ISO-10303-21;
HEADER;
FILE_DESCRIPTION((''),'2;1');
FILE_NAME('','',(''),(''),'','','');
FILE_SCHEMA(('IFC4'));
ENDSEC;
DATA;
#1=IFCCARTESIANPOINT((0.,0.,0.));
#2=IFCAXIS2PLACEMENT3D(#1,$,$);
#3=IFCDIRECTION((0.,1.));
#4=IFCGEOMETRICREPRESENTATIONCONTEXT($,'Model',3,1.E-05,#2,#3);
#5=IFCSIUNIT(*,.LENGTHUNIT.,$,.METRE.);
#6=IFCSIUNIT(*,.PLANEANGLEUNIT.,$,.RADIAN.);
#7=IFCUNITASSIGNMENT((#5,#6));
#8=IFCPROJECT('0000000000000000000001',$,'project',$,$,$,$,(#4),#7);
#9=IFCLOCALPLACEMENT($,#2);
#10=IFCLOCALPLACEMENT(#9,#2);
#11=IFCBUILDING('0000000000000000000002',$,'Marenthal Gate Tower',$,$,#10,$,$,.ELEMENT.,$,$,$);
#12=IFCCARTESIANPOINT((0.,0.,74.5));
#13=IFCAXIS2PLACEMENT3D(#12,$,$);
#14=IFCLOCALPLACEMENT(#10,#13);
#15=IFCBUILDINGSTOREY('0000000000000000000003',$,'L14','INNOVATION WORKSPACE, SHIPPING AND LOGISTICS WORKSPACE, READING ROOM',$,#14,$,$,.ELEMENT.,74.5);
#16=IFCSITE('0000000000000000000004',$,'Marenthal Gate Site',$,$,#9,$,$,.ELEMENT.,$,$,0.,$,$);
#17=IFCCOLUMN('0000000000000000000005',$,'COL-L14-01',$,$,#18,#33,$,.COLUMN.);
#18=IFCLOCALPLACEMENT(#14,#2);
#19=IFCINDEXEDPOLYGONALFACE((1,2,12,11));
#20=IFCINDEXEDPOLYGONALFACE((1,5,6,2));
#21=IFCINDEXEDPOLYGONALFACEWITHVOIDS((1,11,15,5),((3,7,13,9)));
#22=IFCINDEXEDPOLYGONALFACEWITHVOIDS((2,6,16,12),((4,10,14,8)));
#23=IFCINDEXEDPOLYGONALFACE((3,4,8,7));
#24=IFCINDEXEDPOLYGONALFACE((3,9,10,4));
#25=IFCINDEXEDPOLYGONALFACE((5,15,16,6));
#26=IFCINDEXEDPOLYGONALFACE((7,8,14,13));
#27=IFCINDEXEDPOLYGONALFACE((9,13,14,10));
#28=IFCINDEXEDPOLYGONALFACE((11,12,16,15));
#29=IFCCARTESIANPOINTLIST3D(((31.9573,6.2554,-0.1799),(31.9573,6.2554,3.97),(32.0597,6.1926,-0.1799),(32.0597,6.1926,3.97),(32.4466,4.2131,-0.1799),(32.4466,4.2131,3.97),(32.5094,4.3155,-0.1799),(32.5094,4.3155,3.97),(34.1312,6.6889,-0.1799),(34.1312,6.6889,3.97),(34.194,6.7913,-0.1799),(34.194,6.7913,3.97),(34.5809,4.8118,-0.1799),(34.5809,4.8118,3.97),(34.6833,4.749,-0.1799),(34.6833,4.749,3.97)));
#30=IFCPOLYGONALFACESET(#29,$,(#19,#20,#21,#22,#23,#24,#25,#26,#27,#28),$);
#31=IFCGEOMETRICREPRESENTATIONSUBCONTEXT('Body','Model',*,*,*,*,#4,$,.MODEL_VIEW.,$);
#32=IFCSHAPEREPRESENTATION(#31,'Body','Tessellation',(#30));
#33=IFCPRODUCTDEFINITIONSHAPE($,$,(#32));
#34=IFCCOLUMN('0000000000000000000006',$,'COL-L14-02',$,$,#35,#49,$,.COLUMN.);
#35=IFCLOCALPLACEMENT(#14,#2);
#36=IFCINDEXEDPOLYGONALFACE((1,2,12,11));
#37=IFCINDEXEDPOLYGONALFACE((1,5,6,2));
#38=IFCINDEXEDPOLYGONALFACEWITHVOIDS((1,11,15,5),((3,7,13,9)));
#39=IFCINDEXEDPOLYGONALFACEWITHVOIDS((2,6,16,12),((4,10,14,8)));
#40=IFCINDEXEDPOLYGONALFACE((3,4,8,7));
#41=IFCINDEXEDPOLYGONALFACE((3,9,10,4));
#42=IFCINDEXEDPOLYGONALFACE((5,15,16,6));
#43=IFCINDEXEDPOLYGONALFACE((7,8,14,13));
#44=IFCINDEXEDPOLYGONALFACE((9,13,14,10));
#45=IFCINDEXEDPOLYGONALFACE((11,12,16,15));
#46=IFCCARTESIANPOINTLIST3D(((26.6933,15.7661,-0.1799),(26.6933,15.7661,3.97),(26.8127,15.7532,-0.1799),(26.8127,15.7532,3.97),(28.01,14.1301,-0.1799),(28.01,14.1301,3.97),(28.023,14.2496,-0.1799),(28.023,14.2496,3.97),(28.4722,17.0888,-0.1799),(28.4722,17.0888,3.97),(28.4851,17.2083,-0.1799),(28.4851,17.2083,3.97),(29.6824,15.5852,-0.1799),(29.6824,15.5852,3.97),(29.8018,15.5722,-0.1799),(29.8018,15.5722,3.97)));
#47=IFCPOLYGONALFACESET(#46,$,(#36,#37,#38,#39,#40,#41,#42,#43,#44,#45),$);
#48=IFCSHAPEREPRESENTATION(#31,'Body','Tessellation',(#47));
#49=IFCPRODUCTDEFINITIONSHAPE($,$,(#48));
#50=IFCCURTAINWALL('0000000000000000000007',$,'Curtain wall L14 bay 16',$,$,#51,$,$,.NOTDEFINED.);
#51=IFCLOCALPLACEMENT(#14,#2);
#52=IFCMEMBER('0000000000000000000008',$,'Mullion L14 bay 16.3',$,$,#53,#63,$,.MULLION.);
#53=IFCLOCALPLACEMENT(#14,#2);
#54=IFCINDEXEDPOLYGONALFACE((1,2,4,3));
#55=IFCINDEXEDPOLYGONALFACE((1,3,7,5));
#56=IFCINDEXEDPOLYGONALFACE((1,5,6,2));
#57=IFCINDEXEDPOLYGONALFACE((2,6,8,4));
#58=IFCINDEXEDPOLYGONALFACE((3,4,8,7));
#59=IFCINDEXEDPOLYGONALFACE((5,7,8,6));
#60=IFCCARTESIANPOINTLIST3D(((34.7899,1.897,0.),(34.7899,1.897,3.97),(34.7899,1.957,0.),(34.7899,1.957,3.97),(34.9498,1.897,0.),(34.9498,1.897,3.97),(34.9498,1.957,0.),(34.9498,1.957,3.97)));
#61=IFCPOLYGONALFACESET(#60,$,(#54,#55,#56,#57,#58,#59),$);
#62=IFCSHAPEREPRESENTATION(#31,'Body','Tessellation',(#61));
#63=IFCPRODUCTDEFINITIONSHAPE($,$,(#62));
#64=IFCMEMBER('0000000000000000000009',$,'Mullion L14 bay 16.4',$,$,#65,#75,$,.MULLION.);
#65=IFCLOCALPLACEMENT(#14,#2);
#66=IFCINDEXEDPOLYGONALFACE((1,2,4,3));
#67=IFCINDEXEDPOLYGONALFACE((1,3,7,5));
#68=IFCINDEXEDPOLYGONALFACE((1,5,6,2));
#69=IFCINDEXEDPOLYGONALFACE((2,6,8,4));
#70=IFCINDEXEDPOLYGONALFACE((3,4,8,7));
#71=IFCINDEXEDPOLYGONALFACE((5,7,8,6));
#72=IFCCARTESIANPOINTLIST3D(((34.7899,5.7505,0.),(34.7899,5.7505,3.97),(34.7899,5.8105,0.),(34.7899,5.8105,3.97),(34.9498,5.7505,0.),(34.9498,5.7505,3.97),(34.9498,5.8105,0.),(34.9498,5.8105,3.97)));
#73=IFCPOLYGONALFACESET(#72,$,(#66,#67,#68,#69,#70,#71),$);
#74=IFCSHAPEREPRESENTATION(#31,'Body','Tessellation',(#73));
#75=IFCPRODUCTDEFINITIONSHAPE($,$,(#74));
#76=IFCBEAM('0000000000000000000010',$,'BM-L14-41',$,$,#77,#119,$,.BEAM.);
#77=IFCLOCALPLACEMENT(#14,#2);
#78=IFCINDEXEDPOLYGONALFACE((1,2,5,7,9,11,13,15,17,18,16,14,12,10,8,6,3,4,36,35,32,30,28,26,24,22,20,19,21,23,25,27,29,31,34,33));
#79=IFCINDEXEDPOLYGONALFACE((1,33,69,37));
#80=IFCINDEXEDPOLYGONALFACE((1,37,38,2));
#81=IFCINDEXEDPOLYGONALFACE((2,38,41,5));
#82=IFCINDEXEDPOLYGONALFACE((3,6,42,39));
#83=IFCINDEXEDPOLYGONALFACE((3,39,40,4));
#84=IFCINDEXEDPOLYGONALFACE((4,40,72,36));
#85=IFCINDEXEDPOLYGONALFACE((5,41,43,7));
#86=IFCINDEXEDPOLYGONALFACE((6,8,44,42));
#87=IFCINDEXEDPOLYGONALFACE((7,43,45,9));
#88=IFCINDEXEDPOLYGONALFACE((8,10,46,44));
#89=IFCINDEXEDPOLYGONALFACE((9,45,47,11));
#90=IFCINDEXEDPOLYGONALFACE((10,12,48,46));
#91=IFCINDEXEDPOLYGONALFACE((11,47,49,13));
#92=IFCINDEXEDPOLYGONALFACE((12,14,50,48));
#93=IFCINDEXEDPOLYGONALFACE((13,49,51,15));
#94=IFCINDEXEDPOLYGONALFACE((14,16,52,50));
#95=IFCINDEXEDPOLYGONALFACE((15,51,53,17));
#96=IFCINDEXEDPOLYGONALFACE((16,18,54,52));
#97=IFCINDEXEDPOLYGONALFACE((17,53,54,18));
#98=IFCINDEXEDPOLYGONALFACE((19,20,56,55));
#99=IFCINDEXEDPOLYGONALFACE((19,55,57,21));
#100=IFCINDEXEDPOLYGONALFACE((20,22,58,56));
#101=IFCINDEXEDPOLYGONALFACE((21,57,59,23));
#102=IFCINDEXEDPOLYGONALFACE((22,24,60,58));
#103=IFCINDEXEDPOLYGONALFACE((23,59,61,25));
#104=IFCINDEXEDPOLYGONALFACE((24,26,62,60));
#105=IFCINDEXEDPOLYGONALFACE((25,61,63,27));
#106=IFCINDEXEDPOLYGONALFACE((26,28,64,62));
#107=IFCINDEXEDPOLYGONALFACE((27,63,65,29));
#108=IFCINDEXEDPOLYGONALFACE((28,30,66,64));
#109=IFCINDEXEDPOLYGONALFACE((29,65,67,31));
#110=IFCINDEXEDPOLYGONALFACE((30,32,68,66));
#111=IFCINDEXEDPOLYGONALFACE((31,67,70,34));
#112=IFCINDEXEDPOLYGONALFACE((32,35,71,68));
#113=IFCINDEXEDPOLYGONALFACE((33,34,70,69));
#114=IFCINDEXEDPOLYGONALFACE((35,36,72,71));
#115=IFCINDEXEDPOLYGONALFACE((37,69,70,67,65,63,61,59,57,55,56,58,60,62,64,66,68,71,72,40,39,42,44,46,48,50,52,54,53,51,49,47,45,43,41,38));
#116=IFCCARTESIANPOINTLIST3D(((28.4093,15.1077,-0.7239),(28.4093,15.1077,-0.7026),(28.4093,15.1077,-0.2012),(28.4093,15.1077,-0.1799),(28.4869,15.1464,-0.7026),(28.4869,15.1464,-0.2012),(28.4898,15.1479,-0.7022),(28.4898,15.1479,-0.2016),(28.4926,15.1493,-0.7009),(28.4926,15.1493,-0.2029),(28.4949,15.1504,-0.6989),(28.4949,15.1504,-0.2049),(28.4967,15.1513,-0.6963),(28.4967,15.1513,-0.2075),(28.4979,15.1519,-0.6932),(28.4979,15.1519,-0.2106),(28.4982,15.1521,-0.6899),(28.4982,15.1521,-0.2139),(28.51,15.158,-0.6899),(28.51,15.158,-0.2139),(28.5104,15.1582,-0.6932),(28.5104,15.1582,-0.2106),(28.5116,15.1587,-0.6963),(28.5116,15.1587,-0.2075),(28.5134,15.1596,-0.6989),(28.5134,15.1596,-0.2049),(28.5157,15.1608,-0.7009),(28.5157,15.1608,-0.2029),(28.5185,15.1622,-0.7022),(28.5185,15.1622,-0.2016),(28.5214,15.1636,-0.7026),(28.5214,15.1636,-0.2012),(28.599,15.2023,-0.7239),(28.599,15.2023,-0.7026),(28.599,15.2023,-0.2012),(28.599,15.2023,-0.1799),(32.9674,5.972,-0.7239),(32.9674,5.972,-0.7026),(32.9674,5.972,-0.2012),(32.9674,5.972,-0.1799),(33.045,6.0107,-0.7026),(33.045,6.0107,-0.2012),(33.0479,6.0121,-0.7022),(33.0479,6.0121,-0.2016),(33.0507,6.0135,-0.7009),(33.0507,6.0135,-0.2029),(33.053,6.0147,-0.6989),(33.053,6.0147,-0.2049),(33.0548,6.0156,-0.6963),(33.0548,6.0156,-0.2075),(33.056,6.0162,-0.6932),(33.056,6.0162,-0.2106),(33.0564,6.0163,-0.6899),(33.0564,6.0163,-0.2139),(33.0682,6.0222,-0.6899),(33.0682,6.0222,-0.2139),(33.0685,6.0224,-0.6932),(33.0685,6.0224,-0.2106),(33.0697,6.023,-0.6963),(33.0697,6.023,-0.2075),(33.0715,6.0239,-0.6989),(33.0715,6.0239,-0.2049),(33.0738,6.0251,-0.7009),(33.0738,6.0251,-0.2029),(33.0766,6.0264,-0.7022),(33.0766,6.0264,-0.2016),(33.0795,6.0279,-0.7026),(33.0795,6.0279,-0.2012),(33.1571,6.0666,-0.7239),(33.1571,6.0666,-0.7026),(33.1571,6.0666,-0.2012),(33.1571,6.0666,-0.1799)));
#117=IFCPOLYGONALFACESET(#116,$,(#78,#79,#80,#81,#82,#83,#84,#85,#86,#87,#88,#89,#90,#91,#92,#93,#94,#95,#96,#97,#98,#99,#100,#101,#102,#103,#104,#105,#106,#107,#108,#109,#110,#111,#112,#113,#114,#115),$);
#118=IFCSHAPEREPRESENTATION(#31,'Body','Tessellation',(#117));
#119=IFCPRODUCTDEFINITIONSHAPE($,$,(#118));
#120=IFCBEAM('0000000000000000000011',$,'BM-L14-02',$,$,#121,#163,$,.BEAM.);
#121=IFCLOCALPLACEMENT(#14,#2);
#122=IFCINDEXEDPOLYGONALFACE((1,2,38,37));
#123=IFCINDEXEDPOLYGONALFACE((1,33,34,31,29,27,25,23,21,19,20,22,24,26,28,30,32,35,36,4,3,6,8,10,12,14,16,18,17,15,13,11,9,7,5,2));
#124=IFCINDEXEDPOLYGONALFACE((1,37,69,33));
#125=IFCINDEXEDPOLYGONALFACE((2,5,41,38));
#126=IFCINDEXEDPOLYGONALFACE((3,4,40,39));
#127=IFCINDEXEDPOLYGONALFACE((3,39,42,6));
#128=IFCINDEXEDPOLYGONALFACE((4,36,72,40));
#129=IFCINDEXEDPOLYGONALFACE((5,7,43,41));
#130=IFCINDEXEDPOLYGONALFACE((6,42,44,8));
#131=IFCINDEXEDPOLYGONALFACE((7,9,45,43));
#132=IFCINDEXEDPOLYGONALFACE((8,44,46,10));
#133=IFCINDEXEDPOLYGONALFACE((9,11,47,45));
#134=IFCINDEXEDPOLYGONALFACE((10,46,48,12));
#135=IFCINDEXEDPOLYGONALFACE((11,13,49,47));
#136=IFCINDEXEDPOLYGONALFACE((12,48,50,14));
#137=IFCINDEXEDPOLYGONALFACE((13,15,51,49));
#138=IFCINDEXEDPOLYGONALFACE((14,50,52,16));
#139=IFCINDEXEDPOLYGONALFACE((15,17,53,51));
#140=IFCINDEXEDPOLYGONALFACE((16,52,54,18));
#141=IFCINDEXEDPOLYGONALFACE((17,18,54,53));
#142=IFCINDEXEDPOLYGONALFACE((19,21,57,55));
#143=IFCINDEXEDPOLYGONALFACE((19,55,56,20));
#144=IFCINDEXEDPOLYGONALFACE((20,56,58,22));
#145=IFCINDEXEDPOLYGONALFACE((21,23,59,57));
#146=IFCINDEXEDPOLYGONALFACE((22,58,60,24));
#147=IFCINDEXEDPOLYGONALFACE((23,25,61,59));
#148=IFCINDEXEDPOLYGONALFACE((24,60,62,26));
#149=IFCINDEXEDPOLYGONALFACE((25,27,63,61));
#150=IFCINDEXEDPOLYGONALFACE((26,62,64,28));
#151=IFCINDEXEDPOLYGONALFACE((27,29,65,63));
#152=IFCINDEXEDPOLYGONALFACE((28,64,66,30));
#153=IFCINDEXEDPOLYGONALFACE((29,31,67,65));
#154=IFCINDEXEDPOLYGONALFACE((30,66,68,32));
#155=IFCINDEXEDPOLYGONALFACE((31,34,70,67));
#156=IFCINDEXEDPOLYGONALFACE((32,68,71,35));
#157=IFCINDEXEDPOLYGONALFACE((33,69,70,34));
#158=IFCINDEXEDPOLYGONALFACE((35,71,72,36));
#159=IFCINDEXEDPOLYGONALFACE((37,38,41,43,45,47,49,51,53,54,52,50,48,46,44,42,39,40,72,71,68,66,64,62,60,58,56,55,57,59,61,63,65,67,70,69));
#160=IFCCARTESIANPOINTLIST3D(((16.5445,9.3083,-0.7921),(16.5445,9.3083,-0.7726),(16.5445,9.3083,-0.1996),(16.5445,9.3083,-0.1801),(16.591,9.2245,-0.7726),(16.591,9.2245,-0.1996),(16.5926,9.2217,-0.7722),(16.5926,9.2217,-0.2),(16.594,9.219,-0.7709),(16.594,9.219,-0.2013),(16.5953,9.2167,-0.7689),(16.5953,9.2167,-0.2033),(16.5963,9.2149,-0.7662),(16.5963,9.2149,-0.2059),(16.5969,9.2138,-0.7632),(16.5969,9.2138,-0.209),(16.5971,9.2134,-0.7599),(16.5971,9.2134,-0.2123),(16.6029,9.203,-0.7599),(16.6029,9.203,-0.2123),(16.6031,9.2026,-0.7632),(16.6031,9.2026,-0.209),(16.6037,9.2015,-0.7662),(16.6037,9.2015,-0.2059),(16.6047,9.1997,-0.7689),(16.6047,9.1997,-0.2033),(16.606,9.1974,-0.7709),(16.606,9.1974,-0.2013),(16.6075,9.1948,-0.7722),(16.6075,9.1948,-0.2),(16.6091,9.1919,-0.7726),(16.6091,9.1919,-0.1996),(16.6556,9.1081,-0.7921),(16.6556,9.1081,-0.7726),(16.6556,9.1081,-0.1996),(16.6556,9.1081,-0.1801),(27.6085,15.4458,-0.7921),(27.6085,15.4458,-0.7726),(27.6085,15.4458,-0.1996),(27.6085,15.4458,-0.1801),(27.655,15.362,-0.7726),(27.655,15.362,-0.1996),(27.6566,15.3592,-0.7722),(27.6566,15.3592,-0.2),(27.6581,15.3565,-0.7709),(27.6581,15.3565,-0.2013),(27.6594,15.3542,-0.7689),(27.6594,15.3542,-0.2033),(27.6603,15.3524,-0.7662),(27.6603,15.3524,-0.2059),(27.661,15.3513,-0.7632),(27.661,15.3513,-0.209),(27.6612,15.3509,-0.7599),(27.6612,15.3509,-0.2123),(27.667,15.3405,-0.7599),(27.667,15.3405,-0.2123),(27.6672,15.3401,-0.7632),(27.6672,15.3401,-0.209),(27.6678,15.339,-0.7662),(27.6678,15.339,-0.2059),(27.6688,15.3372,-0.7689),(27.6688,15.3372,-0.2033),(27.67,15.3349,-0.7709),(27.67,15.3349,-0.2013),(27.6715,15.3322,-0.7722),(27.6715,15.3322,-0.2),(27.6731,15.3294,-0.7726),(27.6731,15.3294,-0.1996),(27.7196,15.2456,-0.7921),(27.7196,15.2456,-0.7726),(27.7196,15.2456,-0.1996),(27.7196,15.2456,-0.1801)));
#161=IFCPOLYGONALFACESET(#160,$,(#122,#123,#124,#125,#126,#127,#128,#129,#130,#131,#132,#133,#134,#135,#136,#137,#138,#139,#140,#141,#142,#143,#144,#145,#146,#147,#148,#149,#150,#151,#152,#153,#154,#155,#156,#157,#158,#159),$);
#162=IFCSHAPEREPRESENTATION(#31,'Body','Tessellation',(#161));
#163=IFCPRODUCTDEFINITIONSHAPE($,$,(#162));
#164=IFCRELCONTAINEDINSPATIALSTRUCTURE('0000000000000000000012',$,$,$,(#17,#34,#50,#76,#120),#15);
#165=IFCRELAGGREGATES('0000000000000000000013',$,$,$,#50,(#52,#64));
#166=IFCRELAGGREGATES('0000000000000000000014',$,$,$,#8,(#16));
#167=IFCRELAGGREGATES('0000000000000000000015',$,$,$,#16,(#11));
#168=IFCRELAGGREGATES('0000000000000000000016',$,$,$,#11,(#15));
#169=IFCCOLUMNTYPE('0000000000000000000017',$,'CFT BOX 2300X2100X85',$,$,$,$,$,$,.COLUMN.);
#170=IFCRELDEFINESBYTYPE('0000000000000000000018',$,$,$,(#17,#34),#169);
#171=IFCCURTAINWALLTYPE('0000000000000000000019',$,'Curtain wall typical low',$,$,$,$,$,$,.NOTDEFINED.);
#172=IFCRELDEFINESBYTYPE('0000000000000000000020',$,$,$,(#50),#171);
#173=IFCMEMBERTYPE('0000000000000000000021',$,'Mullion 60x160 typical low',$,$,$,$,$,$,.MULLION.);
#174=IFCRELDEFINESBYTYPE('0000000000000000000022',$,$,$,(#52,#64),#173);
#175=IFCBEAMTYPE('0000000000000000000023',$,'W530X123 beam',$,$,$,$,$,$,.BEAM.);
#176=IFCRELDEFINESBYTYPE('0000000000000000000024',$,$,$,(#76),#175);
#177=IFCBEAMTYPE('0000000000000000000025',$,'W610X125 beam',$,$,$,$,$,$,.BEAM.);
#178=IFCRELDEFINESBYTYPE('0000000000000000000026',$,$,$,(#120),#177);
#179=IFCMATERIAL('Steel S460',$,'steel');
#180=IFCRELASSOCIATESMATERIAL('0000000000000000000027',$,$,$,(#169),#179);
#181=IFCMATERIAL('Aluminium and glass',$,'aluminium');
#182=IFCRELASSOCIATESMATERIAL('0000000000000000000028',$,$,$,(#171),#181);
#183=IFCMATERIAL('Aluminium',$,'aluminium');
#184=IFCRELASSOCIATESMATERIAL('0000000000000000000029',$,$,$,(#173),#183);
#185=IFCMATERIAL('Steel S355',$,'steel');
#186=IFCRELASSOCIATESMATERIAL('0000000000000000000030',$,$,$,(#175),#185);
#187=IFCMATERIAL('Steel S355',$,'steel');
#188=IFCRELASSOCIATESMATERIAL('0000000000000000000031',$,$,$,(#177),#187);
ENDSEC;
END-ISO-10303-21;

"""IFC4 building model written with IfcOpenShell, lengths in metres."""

from ifc_helpers import new_model, si_unit, direction, frame, origin, origin_2d, place, context, subcontext, project, spatial, rectangle, hollow_rectangle, i_section, extrude, material, material_profile, profile_set, type_object, element, aggregate, save


model = new_model("IFC4")

# Units and contexts
model_context = context("Model", 3, precision=1e-05, world=origin(), true_north=direction((0.0, 1.0)))
body_context = subcontext(model_context, "Body", "Model", "MODEL_VIEW")
ifc_project = project(units=[si_unit("LENGTHUNIT", "METRE"), si_unit("PLANEANGLEUNIT", "RADIAN")], contexts=[model_context])

# Site, building, storey
site_placement = place(None, origin())
site = spatial("IfcSite", under=ifc_project, at=site_placement, Name="Marenthal Gate Site", CompositionType="ELEMENT", RefElevation=0.0)
building_placement = place(site_placement, origin())
building = spatial("IfcBuilding", under=site, at=building_placement, Name="Marenthal Gate Tower", CompositionType="ELEMENT")
storey_placement = place(building_placement, frame((0.0, 0.0, 74.5)))
storey = spatial("IfcBuildingStorey", under=building, at=storey_placement, Name="L14", Description="INNOVATION WORKSPACE, SHIPPING AND LOGISTICS WORKSPACE, READING ROOM", CompositionType="ELEMENT", Elevation=74.5)

# Columns
ifc_material_1 = material(Name="Steel S460", Category="steel")
ifc_material_profile_1 = material_profile(ifc_material_1, hollow_rectangle(XDim=2.1001, YDim=2.3, WallThickness=0.085, at=origin_2d()), Name="CFT BOX 2300X2100X85")
ifc_material_2 = material(Name="Concrete 70 MPa", Category="concrete")
ifc_material_profile_2 = material_profile(ifc_material_2, rectangle(XDim=1.9299, YDim=2.1299, at=origin_2d()), Name="CFT BOX 2300X2100X85 INFILL")
ifc_profile_set_1 = profile_set([ifc_material_profile_1, ifc_material_profile_2], Name="Steel S460 shell, Concrete 70 MPa infill")
column_type = type_object("IfcColumnType", Name="CFT BOX 2300X2100X85", PredefinedType="COLUMN", material=ifc_profile_set_1)
for number, where, z_axis, x_axis, name in (
    (1, (33.3203, 5.5022, -0.1799), (0.0, 0.0, 1.0), (0.233004, -0.972476, 0.0), "COL-L14-01"),
    (2, (28.2476, 15.6692, -0.1799), (0.0, 0.0, 1.0), (0.626997, -0.779022, 0.0), "COL-L14-02"),
):
    element("IfcColumn", number, at=place(storey_placement, frame(where, z_axis=z_axis, x_axis=x_axis)), inside=storey, type_object=column_type, Name=name, PredefinedType="COLUMN", context=body_context, shape_type="SweptSolid", body=[
        extrude(hollow_rectangle(XDim=2.1001, YDim=2.3, WallThickness=0.085, at=origin_2d()), origin(), (0.0, 0.0, 1.0), 4.1499),
    ])

# Curtain wall, members
ifc_material_3 = material(Name="Aluminium and glass", Category="aluminium")
curtain_wall_type = type_object("IfcCurtainWallType", Name="Curtain wall typical low", PredefinedType="NOTDEFINED", material=ifc_material_3)
curtain_wall_placement = place(storey_placement, origin())
curtain_wall = element("IfcCurtainWall", 3, at=curtain_wall_placement, inside=storey, type_object=curtain_wall_type, Name="Curtain wall L14 bay 16", PredefinedType="NOTDEFINED")
ifc_material_4 = material(Name="Aluminium", Category="aluminium")
ifc_material_profile_3 = material_profile(ifc_material_4, rectangle(XDim=0.1599, YDim=0.0601, at=origin_2d()), Name="60x160 aluminium mullion")
ifc_profile_set_2 = profile_set([ifc_material_profile_3], Name="Aluminium")
member_type = type_object("IfcMemberType", Name="Mullion 60x160 typical low", PredefinedType="MULLION", material=ifc_profile_set_2)
member_1_placement = place(storey_placement, frame((34.8699, 1.927, 0.0), z_axis=(0.0, 0.0, 1.0), x_axis=(-1.0, 0.0, 0.0)))
member_1 = element("IfcMember", 4, at=member_1_placement, type_object=member_type, Name="Mullion L14 bay 16.3", PredefinedType="MULLION", context=body_context, shape_type="SweptSolid", body=[
    extrude(rectangle(XDim=0.1599, YDim=0.0601, at=origin_2d()), origin(), (0.0, 0.0, 1.0), 3.97),
])
member_2_placement = place(storey_placement, frame((34.8699, 5.7805, 0.0), z_axis=(0.0, 0.0, 1.0), x_axis=(-1.0, 0.0, 0.0)))
member_2 = element("IfcMember", 5, at=member_2_placement, type_object=member_type, Name="Mullion L14 bay 16.4", PredefinedType="MULLION", context=body_context, shape_type="SweptSolid", body=[
    extrude(rectangle(XDim=0.1599, YDim=0.0601, at=origin_2d()), origin(), (0.0, 0.0, 1.0), 3.97),
])

# Beams
ifc_material_5 = material(Name="Steel S355", Category="steel")
ifc_material_profile_4 = material_profile(ifc_material_5, i_section(OverallWidth=0.2119, OverallDepth=0.5439, WebThickness=0.0132, FlangeThickness=0.0212, FilletRadius=0.0127, at=origin_2d()), Name="W530X123")
ifc_profile_set_3 = profile_set([ifc_material_profile_4], Name="Steel S355")
beam_type_1 = type_object("IfcBeamType", Name="W530X123 beam", PredefinedType="BEAM", material=ifc_profile_set_3)
beam_1_placement = place(storey_placement, frame((33.0623, 6.0193, -0.4519), z_axis=(-0.446448, 0.894809, 0.0), x_axis=(-0.894809, -0.446448, 0.0)))
element("IfcBeam", 6, at=beam_1_placement, inside=storey, type_object=beam_type_1, Name="BM-L14-41", PredefinedType="BEAM", context=body_context, shape_type="SweptSolid", body=[
    extrude(i_section(OverallWidth=0.2119, OverallDepth=0.5439, WebThickness=0.0132, FlangeThickness=0.0212, FilletRadius=0.0127, at=origin_2d()), origin(), (0.0, 0.0, 1.0), 10.2097),
])
ifc_material_6 = material(Name="Steel S355", Category="steel")
ifc_material_profile_5 = material_profile(ifc_material_6, i_section(OverallWidth=0.229, OverallDepth=0.6121, WebThickness=0.012, FlangeThickness=0.0195, FilletRadius=0.0127, at=origin_2d()), Name="W610X125")
ifc_profile_set_4 = profile_set([ifc_material_profile_5], Name="Steel S355")
beam_type_2 = type_object("IfcBeamType", Name="W610X125 beam", PredefinedType="BEAM", material=ifc_profile_set_4)
beam_2_placement = place(storey_placement, frame((27.6641, 15.3457, -0.4861), z_axis=(-0.874466, -0.485087, 0.0), x_axis=(0.485087, -0.874466, 0.0)))
element("IfcBeam", 7, at=beam_2_placement, inside=storey, type_object=beam_type_2, Name="BM-L14-02", PredefinedType="BEAM", context=body_context, shape_type="SweptSolid", body=[
    extrude(i_section(OverallWidth=0.229, OverallDepth=0.6121, WebThickness=0.012, FlangeThickness=0.0195, FilletRadius=0.0127, at=origin_2d()), origin(), (0.0, 0.0, 1.0), 12.6523),
])

aggregate(curtain_wall, [member_1, member_2])

save(model, "model.ifc")
